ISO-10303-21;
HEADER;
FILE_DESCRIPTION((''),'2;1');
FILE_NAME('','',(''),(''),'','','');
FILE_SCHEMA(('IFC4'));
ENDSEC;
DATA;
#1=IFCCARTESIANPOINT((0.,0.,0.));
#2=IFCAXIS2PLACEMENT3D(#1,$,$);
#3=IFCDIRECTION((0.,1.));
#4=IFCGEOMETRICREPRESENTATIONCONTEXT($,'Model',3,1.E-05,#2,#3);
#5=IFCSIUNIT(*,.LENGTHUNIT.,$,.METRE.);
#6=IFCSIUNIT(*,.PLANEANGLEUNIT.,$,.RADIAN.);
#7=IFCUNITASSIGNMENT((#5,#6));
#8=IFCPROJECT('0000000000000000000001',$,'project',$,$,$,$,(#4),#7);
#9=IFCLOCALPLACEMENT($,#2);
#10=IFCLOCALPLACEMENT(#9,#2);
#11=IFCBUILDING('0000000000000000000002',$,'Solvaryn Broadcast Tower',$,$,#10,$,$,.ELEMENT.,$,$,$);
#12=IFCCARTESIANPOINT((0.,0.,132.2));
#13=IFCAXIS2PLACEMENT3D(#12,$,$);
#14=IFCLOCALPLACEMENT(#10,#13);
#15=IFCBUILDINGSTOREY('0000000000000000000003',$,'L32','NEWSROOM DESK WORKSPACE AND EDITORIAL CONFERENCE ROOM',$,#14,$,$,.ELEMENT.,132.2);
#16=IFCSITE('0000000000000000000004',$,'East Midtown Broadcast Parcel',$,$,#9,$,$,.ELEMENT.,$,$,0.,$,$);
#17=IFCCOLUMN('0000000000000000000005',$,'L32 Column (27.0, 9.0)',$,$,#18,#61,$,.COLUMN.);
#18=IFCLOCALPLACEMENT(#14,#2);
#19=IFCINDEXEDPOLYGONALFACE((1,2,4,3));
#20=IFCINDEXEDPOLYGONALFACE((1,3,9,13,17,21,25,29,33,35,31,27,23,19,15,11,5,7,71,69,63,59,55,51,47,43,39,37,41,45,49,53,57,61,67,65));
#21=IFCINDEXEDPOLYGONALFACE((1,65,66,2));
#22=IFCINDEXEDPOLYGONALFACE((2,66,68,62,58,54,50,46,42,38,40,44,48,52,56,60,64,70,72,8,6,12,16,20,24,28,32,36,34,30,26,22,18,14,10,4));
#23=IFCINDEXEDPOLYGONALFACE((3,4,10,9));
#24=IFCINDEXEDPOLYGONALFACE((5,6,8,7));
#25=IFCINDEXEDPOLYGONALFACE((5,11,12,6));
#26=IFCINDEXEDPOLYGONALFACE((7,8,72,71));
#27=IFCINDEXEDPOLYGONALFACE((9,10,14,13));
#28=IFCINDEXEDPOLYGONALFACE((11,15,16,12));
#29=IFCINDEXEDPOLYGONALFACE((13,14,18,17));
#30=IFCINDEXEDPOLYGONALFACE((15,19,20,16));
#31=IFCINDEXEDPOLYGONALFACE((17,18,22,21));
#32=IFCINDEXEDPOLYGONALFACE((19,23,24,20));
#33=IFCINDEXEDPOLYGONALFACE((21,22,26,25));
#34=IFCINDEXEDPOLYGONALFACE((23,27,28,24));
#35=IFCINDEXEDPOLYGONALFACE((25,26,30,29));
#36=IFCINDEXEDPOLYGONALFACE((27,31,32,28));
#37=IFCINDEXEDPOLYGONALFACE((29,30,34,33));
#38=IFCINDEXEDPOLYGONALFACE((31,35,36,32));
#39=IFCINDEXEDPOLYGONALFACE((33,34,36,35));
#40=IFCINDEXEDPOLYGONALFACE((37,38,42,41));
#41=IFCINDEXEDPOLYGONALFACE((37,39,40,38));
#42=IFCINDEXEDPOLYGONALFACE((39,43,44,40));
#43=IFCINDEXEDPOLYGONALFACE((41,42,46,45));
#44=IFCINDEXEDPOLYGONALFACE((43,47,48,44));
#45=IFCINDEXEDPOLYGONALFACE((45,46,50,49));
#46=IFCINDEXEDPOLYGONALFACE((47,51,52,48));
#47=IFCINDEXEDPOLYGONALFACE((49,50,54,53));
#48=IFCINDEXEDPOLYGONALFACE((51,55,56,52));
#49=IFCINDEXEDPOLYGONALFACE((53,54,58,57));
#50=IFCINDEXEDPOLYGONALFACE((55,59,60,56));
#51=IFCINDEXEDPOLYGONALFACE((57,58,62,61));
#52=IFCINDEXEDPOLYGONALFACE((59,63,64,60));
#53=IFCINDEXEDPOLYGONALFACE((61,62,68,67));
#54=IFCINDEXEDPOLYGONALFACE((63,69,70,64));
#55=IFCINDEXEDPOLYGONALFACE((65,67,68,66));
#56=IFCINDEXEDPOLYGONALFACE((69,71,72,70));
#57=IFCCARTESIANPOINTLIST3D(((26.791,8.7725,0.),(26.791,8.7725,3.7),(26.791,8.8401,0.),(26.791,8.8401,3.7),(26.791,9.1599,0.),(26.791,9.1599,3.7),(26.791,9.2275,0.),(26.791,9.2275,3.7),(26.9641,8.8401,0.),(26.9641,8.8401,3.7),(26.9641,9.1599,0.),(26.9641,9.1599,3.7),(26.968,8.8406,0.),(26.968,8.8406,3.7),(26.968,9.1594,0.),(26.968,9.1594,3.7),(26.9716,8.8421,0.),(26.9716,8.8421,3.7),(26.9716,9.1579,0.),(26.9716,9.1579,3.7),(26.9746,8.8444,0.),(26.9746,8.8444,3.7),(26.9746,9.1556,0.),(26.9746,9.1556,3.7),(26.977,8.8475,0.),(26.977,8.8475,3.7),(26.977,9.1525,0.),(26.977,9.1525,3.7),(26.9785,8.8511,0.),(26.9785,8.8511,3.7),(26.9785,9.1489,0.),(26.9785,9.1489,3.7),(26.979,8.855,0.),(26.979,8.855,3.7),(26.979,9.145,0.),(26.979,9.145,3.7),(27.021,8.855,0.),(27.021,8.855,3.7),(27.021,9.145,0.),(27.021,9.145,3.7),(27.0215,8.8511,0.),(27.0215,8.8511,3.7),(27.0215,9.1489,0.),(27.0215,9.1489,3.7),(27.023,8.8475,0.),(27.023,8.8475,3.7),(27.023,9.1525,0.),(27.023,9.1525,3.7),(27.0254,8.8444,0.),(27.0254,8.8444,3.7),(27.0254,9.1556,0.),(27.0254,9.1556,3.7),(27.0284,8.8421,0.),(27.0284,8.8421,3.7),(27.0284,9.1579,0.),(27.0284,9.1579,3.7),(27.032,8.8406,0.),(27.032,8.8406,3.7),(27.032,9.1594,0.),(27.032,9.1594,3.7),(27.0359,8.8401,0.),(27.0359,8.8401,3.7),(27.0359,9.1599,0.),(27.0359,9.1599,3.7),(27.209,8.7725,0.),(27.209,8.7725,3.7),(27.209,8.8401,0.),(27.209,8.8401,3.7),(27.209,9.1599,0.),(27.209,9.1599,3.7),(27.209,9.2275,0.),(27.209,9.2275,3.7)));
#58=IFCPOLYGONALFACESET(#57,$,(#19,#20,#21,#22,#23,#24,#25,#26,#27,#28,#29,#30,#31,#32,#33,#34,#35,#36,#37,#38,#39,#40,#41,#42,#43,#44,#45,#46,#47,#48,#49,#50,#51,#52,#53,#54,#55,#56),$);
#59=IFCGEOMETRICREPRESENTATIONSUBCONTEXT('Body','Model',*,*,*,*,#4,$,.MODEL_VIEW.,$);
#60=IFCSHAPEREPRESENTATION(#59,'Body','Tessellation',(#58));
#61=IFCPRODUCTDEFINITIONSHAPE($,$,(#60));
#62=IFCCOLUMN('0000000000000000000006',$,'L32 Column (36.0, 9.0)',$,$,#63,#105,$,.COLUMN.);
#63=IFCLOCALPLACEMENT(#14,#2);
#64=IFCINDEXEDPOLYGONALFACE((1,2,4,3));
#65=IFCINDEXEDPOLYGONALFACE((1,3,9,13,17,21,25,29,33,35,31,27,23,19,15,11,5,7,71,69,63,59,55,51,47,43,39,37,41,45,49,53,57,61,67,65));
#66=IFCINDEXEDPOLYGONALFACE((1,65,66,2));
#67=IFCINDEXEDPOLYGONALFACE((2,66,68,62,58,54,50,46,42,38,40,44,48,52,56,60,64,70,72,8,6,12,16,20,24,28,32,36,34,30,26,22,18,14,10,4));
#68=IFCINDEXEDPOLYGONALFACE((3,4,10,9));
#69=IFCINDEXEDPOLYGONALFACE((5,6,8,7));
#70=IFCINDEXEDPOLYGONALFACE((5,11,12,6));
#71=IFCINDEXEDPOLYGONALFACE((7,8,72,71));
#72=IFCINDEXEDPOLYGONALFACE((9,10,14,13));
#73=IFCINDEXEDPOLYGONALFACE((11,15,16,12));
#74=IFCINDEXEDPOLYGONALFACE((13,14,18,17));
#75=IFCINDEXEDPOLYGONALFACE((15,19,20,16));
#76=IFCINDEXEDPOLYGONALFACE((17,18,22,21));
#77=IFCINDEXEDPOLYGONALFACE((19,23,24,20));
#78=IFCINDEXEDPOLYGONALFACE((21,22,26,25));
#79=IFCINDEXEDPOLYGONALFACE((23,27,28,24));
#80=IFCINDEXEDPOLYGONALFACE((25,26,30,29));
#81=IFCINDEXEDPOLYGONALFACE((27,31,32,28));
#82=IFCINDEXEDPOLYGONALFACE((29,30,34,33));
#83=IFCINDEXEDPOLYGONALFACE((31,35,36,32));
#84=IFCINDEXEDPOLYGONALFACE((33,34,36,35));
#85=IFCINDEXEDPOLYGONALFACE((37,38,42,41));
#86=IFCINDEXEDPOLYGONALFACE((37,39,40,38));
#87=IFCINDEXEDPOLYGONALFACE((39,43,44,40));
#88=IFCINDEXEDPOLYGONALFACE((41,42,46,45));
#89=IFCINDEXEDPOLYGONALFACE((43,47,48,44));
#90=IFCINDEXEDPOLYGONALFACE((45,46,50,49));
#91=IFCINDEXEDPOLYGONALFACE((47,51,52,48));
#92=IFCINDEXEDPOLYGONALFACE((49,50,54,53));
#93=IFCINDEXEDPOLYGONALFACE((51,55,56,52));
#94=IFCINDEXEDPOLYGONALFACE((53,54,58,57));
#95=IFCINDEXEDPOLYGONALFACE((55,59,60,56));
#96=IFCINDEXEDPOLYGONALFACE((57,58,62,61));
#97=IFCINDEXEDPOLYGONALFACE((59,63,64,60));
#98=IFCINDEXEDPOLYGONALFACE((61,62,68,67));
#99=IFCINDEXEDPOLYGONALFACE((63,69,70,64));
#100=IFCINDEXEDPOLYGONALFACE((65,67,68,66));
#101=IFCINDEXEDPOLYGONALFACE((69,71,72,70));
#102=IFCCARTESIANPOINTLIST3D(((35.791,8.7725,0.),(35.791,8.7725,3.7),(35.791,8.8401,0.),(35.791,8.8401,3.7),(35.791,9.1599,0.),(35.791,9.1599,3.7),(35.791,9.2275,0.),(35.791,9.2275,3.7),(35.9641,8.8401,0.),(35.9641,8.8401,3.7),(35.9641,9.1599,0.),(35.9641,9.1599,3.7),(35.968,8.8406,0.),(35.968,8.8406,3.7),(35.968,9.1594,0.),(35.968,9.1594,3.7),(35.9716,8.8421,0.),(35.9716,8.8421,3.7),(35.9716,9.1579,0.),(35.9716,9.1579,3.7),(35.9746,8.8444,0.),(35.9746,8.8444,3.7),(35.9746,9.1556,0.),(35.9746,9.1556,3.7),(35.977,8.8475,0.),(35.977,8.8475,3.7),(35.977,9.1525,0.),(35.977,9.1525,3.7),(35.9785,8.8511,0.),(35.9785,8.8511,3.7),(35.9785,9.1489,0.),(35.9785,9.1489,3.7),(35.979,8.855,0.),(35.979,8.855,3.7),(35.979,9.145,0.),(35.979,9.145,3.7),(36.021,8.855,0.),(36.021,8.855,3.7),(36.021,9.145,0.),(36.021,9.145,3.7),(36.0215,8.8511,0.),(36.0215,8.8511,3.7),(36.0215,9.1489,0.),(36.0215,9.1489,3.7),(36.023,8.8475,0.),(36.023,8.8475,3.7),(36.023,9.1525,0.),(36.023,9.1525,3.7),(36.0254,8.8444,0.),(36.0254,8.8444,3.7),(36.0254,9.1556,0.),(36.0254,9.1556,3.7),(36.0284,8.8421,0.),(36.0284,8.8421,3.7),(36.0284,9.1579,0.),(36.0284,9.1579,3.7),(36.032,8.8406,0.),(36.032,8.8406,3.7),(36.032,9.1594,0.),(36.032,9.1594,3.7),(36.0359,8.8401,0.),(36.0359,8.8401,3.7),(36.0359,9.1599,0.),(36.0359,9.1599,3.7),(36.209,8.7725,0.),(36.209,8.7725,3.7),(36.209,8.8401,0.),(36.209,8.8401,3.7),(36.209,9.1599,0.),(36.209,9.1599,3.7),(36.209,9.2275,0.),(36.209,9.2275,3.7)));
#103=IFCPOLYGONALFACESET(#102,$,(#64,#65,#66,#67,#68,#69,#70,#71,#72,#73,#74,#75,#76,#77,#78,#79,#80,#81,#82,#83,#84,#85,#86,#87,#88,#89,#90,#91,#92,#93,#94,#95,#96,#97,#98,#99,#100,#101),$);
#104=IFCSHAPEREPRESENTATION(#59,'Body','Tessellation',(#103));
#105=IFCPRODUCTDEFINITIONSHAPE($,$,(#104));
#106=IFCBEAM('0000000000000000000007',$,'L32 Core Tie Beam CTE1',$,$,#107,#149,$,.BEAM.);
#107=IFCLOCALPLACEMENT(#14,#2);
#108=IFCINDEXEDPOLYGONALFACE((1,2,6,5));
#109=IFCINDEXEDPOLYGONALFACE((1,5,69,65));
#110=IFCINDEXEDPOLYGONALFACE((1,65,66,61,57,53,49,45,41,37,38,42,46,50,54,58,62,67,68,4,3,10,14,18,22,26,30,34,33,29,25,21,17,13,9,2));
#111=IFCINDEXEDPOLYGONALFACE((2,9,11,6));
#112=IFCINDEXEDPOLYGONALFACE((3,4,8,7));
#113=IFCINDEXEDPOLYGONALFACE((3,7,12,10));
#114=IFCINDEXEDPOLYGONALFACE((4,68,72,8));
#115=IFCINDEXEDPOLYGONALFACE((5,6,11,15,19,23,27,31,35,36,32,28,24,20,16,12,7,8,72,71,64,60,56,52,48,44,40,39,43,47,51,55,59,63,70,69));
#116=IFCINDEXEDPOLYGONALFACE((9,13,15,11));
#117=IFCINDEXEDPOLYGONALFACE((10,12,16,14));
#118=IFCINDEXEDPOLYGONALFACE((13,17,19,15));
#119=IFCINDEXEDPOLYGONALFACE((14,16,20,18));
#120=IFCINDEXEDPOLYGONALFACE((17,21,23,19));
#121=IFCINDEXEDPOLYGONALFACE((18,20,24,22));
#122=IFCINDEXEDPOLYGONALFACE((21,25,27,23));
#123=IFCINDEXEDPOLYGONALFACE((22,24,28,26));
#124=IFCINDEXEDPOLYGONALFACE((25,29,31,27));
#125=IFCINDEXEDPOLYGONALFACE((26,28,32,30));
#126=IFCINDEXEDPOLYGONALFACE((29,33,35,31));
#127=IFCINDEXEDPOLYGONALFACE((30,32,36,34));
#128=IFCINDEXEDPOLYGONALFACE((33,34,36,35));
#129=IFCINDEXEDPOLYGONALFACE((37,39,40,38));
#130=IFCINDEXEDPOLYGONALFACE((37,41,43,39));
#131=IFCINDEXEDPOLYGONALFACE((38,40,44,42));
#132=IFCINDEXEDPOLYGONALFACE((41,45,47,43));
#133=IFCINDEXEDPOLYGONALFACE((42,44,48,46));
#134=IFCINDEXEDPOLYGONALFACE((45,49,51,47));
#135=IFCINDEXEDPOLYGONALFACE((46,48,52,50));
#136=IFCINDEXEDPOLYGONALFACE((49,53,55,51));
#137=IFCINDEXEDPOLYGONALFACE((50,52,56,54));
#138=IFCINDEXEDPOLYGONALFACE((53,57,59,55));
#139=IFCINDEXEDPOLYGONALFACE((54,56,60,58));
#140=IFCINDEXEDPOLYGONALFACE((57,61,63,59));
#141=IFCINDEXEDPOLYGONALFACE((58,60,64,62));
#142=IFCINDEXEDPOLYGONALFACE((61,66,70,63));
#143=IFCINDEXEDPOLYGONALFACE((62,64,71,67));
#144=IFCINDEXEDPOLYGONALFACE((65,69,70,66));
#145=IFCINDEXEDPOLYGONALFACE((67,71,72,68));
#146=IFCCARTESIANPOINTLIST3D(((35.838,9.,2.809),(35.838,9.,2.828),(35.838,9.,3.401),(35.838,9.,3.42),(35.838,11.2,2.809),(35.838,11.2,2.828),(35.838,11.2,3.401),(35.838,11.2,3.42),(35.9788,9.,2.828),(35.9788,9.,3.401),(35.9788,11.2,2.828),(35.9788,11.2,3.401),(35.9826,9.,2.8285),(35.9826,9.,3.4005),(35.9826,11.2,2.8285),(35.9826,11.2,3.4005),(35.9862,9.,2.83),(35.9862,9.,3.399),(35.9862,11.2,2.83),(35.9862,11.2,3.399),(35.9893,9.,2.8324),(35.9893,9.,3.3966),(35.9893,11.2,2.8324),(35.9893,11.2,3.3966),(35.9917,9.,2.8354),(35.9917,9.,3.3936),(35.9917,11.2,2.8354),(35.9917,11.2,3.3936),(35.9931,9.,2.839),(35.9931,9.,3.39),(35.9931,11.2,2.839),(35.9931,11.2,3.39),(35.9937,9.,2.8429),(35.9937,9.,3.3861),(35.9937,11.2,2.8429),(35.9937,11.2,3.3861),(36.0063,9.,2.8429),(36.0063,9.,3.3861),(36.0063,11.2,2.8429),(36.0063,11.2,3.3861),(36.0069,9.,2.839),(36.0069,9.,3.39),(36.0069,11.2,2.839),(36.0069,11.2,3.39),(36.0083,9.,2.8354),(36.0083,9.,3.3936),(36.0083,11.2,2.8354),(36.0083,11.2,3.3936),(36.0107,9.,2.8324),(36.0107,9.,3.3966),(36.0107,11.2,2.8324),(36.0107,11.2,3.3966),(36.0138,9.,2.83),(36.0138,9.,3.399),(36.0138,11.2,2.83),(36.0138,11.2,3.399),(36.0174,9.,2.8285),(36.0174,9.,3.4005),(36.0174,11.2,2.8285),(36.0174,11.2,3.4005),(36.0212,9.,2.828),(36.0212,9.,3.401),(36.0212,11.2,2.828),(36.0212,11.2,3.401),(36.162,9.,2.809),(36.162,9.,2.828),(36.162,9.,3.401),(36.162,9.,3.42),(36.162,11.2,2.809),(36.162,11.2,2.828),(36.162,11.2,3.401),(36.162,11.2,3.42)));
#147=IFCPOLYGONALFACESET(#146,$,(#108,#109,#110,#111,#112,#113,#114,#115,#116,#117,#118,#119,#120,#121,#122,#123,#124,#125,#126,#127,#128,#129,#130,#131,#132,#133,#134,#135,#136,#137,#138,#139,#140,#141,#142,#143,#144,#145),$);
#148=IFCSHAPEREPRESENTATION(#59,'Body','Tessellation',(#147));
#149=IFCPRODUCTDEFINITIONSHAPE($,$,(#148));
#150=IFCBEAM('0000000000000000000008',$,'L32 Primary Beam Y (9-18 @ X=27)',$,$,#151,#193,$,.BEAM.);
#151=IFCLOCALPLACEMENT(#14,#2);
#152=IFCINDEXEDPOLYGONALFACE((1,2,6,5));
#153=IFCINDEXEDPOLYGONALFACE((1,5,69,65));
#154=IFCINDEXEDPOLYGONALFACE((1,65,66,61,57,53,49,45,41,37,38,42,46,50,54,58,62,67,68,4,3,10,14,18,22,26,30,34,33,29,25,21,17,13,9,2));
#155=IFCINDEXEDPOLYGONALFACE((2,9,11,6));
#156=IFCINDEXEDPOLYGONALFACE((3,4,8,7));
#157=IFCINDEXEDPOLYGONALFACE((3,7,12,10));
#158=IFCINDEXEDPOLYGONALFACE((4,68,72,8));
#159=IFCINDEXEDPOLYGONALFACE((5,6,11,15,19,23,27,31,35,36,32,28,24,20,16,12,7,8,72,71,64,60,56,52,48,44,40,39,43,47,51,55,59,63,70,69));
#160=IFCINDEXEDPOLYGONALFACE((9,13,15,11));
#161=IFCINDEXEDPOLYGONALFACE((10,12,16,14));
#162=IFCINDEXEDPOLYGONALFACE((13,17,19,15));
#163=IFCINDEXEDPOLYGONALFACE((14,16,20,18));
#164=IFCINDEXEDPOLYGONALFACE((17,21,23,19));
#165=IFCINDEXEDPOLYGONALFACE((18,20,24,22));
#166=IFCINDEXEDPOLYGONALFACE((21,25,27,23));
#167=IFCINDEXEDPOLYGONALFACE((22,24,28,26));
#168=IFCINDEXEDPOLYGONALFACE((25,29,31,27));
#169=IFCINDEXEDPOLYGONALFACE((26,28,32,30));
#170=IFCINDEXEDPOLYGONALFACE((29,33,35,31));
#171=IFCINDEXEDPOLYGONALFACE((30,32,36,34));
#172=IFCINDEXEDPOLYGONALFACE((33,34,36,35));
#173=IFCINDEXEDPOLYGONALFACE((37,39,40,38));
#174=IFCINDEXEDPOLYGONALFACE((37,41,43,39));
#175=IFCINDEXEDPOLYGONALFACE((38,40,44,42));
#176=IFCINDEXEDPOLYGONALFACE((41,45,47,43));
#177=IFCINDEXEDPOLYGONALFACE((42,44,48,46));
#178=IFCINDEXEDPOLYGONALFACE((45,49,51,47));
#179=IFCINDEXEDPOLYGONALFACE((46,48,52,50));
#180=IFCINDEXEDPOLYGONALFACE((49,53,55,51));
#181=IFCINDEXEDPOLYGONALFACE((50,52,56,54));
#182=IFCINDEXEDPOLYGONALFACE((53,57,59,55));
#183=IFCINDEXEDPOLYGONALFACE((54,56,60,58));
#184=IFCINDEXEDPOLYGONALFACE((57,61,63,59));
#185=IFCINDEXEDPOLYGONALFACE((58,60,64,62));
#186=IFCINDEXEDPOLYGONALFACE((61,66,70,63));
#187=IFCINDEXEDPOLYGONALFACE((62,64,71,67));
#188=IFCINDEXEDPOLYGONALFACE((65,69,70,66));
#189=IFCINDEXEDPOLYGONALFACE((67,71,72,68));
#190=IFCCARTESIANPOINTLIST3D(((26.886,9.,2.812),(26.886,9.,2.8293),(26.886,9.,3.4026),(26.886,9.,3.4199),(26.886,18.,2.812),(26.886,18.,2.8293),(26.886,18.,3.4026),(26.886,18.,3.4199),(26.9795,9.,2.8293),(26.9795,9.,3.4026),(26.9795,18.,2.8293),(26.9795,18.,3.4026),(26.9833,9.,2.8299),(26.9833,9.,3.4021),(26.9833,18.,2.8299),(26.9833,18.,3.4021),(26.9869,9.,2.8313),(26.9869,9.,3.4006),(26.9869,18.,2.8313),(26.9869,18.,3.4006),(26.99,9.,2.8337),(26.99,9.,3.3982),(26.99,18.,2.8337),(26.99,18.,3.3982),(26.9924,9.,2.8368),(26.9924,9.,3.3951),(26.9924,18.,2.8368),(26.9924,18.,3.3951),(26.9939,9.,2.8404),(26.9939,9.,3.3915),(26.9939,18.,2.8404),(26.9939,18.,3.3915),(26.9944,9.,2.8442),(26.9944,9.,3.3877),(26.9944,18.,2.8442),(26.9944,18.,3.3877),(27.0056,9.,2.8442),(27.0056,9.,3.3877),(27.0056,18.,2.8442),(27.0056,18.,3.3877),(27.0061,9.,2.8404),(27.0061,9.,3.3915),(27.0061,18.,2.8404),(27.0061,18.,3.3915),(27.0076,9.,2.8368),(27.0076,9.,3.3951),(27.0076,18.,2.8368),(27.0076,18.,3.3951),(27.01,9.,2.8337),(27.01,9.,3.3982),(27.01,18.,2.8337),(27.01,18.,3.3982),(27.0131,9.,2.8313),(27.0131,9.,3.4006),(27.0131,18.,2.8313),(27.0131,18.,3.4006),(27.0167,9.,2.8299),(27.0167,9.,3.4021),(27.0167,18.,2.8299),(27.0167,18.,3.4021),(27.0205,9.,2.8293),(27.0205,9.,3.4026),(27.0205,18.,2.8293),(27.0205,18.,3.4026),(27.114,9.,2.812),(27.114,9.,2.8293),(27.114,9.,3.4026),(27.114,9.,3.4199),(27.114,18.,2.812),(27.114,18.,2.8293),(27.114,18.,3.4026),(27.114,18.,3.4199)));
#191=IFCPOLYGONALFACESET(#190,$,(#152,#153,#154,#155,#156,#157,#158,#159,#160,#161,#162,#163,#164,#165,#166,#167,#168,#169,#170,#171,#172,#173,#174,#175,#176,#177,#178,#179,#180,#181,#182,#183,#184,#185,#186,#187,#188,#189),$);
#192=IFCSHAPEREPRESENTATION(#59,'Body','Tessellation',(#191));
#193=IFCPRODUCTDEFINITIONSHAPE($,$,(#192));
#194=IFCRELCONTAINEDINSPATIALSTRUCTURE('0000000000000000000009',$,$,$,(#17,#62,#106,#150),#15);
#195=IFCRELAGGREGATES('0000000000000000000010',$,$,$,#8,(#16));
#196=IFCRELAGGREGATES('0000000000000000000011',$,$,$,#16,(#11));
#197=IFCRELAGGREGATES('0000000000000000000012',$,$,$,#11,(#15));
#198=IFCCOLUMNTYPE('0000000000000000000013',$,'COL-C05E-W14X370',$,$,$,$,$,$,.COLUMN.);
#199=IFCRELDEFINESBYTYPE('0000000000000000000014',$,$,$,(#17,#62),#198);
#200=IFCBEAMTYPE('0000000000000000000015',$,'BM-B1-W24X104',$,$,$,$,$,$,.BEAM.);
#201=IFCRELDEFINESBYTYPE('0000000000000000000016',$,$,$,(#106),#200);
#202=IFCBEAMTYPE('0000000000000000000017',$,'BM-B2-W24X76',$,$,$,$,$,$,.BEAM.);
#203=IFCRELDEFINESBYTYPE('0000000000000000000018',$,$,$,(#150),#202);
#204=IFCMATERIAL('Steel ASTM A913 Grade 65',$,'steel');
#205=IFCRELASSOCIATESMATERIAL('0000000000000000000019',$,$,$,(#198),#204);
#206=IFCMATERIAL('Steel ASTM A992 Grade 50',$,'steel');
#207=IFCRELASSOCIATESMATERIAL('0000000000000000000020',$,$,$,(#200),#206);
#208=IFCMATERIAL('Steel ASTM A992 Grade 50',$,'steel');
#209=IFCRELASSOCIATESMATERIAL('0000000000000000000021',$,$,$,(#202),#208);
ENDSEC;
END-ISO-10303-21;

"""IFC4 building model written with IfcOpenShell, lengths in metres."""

from ifc_helpers import new_model, si_unit, direction, frame, origin, origin_2d, place, context, subcontext, project, spatial, i_section, extrude, material, material_profile, profile_set, type_object, element, save


model = new_model("IFC4")

# Units and contexts
model_context = context("Model", 3, precision=1e-05, world=origin(), true_north=direction((0.0, 1.0)))
body_context = subcontext(model_context, "Body", "Model", "MODEL_VIEW")
ifc_project = project(units=[si_unit("LENGTHUNIT", "METRE"), si_unit("PLANEANGLEUNIT", "RADIAN")], contexts=[model_context])

# Site, building, storey
site_placement = place(None, origin())
site = spatial("IfcSite", under=ifc_project, at=site_placement, Name="East Midtown Broadcast Parcel", CompositionType="ELEMENT", RefElevation=0.0)
building_placement = place(site_placement, origin())
building = spatial("IfcBuilding", under=site, at=building_placement, Name="Solvaryn Broadcast Tower", CompositionType="ELEMENT")
storey_placement = place(building_placement, frame((0.0, 0.0, 132.2)))
storey = spatial("IfcBuildingStorey", under=building, at=storey_placement, Name="L32", Description="NEWSROOM DESK WORKSPACE AND EDITORIAL CONFERENCE ROOM", CompositionType="ELEMENT", Elevation=132.2)

# Columns
ifc_material_1 = material(Name="Steel ASTM A913 Grade 65", Category="steel")
ifc_material_profile_1 = material_profile(ifc_material_1, i_section(OverallWidth=0.418, OverallDepth=0.4551, WebThickness=0.042, FlangeThickness=0.0676, FilletRadius=0.0149, at=origin_2d()))
ifc_profile_set_1 = profile_set([ifc_material_profile_1], Name="Steel ASTM A913 Grade 65")
column_type = type_object("IfcColumnType", Name="COL-C05E-W14X370", PredefinedType="COLUMN", material=ifc_profile_set_1)
for number, where, z_axis, x_axis, name in (
    (1, (27.0, 9.0, 0.0), (0.0, 0.0, 1.0), (1.0, 0.0, 0.0), "L32 Column (27.0, 9.0)"),
    (2, (36.0, 9.0, 0.0), (0.0, 0.0, 1.0), (1.0, 0.0, 0.0), "L32 Column (36.0, 9.0)"),
):
    element("IfcColumn", number, at=place(storey_placement, frame(where, z_axis=z_axis, x_axis=x_axis)), inside=storey, type_object=column_type, Name=name, PredefinedType="COLUMN", context=body_context, shape_type="SweptSolid", body=[
        extrude(i_section(OverallWidth=0.418, OverallDepth=0.4551, WebThickness=0.042, FlangeThickness=0.0676, FilletRadius=0.0149, at=origin_2d()), origin(), (0.0, 0.0, 1.0), 3.7),
    ])

# Beams
ifc_material_2 = material(Name="Steel ASTM A992 Grade 50", Category="steel")
ifc_material_profile_2 = material_profile(ifc_material_2, i_section(OverallWidth=0.324, OverallDepth=0.6111, WebThickness=0.0127, FlangeThickness=0.019, FilletRadius=0.0149, at=origin_2d()))
ifc_profile_set_2 = profile_set([ifc_material_profile_2], Name="Steel ASTM A992 Grade 50")
beam_type_1 = type_object("IfcBeamType", Name="BM-B1-W24X104", PredefinedType="BEAM", material=ifc_profile_set_2)
beam_1_placement = place(storey_placement, frame((36.0, 9.0, 3.1145), z_axis=(0.0, 1.0, 0.0), x_axis=(-1.0, 0.0, 0.0)))
element("IfcBeam", 3, at=beam_1_placement, inside=storey, type_object=beam_type_1, Name="L32 Core Tie Beam CTE1", PredefinedType="BEAM", context=body_context, shape_type="SweptSolid", body=[
    extrude(i_section(OverallWidth=0.324, OverallDepth=0.6111, WebThickness=0.0127, FlangeThickness=0.019, FilletRadius=0.0149, at=origin_2d()), origin(), (0.0, 0.0, 1.0), 2.2),
])
ifc_material_3 = material(Name="Steel ASTM A992 Grade 50", Category="steel")
ifc_material_profile_3 = material_profile(ifc_material_3, i_section(OverallWidth=0.228, OverallDepth=0.6079, WebThickness=0.0112, FlangeThickness=0.0173, FilletRadius=0.0149, at=origin_2d()))
ifc_profile_set_3 = profile_set([ifc_material_profile_3], Name="Steel ASTM A992 Grade 50")
beam_type_2 = type_object("IfcBeamType", Name="BM-B2-W24X76", PredefinedType="BEAM", material=ifc_profile_set_3)
beam_2_placement = place(storey_placement, frame((27.0, 9.0, 3.116), z_axis=(0.0, 1.0, 0.0), x_axis=(-1.0, 0.0, 0.0)))
element("IfcBeam", 4, at=beam_2_placement, inside=storey, type_object=beam_type_2, Name="L32 Primary Beam Y (9-18 @ X=27)", PredefinedType="BEAM", context=body_context, shape_type="SweptSolid", body=[
    extrude(i_section(OverallWidth=0.228, OverallDepth=0.6079, WebThickness=0.0112, FlangeThickness=0.0173, FilletRadius=0.0149, at=origin_2d()), origin(), (0.0, 0.0, 1.0), 9.0),
])

save(model, "model.ifc")
